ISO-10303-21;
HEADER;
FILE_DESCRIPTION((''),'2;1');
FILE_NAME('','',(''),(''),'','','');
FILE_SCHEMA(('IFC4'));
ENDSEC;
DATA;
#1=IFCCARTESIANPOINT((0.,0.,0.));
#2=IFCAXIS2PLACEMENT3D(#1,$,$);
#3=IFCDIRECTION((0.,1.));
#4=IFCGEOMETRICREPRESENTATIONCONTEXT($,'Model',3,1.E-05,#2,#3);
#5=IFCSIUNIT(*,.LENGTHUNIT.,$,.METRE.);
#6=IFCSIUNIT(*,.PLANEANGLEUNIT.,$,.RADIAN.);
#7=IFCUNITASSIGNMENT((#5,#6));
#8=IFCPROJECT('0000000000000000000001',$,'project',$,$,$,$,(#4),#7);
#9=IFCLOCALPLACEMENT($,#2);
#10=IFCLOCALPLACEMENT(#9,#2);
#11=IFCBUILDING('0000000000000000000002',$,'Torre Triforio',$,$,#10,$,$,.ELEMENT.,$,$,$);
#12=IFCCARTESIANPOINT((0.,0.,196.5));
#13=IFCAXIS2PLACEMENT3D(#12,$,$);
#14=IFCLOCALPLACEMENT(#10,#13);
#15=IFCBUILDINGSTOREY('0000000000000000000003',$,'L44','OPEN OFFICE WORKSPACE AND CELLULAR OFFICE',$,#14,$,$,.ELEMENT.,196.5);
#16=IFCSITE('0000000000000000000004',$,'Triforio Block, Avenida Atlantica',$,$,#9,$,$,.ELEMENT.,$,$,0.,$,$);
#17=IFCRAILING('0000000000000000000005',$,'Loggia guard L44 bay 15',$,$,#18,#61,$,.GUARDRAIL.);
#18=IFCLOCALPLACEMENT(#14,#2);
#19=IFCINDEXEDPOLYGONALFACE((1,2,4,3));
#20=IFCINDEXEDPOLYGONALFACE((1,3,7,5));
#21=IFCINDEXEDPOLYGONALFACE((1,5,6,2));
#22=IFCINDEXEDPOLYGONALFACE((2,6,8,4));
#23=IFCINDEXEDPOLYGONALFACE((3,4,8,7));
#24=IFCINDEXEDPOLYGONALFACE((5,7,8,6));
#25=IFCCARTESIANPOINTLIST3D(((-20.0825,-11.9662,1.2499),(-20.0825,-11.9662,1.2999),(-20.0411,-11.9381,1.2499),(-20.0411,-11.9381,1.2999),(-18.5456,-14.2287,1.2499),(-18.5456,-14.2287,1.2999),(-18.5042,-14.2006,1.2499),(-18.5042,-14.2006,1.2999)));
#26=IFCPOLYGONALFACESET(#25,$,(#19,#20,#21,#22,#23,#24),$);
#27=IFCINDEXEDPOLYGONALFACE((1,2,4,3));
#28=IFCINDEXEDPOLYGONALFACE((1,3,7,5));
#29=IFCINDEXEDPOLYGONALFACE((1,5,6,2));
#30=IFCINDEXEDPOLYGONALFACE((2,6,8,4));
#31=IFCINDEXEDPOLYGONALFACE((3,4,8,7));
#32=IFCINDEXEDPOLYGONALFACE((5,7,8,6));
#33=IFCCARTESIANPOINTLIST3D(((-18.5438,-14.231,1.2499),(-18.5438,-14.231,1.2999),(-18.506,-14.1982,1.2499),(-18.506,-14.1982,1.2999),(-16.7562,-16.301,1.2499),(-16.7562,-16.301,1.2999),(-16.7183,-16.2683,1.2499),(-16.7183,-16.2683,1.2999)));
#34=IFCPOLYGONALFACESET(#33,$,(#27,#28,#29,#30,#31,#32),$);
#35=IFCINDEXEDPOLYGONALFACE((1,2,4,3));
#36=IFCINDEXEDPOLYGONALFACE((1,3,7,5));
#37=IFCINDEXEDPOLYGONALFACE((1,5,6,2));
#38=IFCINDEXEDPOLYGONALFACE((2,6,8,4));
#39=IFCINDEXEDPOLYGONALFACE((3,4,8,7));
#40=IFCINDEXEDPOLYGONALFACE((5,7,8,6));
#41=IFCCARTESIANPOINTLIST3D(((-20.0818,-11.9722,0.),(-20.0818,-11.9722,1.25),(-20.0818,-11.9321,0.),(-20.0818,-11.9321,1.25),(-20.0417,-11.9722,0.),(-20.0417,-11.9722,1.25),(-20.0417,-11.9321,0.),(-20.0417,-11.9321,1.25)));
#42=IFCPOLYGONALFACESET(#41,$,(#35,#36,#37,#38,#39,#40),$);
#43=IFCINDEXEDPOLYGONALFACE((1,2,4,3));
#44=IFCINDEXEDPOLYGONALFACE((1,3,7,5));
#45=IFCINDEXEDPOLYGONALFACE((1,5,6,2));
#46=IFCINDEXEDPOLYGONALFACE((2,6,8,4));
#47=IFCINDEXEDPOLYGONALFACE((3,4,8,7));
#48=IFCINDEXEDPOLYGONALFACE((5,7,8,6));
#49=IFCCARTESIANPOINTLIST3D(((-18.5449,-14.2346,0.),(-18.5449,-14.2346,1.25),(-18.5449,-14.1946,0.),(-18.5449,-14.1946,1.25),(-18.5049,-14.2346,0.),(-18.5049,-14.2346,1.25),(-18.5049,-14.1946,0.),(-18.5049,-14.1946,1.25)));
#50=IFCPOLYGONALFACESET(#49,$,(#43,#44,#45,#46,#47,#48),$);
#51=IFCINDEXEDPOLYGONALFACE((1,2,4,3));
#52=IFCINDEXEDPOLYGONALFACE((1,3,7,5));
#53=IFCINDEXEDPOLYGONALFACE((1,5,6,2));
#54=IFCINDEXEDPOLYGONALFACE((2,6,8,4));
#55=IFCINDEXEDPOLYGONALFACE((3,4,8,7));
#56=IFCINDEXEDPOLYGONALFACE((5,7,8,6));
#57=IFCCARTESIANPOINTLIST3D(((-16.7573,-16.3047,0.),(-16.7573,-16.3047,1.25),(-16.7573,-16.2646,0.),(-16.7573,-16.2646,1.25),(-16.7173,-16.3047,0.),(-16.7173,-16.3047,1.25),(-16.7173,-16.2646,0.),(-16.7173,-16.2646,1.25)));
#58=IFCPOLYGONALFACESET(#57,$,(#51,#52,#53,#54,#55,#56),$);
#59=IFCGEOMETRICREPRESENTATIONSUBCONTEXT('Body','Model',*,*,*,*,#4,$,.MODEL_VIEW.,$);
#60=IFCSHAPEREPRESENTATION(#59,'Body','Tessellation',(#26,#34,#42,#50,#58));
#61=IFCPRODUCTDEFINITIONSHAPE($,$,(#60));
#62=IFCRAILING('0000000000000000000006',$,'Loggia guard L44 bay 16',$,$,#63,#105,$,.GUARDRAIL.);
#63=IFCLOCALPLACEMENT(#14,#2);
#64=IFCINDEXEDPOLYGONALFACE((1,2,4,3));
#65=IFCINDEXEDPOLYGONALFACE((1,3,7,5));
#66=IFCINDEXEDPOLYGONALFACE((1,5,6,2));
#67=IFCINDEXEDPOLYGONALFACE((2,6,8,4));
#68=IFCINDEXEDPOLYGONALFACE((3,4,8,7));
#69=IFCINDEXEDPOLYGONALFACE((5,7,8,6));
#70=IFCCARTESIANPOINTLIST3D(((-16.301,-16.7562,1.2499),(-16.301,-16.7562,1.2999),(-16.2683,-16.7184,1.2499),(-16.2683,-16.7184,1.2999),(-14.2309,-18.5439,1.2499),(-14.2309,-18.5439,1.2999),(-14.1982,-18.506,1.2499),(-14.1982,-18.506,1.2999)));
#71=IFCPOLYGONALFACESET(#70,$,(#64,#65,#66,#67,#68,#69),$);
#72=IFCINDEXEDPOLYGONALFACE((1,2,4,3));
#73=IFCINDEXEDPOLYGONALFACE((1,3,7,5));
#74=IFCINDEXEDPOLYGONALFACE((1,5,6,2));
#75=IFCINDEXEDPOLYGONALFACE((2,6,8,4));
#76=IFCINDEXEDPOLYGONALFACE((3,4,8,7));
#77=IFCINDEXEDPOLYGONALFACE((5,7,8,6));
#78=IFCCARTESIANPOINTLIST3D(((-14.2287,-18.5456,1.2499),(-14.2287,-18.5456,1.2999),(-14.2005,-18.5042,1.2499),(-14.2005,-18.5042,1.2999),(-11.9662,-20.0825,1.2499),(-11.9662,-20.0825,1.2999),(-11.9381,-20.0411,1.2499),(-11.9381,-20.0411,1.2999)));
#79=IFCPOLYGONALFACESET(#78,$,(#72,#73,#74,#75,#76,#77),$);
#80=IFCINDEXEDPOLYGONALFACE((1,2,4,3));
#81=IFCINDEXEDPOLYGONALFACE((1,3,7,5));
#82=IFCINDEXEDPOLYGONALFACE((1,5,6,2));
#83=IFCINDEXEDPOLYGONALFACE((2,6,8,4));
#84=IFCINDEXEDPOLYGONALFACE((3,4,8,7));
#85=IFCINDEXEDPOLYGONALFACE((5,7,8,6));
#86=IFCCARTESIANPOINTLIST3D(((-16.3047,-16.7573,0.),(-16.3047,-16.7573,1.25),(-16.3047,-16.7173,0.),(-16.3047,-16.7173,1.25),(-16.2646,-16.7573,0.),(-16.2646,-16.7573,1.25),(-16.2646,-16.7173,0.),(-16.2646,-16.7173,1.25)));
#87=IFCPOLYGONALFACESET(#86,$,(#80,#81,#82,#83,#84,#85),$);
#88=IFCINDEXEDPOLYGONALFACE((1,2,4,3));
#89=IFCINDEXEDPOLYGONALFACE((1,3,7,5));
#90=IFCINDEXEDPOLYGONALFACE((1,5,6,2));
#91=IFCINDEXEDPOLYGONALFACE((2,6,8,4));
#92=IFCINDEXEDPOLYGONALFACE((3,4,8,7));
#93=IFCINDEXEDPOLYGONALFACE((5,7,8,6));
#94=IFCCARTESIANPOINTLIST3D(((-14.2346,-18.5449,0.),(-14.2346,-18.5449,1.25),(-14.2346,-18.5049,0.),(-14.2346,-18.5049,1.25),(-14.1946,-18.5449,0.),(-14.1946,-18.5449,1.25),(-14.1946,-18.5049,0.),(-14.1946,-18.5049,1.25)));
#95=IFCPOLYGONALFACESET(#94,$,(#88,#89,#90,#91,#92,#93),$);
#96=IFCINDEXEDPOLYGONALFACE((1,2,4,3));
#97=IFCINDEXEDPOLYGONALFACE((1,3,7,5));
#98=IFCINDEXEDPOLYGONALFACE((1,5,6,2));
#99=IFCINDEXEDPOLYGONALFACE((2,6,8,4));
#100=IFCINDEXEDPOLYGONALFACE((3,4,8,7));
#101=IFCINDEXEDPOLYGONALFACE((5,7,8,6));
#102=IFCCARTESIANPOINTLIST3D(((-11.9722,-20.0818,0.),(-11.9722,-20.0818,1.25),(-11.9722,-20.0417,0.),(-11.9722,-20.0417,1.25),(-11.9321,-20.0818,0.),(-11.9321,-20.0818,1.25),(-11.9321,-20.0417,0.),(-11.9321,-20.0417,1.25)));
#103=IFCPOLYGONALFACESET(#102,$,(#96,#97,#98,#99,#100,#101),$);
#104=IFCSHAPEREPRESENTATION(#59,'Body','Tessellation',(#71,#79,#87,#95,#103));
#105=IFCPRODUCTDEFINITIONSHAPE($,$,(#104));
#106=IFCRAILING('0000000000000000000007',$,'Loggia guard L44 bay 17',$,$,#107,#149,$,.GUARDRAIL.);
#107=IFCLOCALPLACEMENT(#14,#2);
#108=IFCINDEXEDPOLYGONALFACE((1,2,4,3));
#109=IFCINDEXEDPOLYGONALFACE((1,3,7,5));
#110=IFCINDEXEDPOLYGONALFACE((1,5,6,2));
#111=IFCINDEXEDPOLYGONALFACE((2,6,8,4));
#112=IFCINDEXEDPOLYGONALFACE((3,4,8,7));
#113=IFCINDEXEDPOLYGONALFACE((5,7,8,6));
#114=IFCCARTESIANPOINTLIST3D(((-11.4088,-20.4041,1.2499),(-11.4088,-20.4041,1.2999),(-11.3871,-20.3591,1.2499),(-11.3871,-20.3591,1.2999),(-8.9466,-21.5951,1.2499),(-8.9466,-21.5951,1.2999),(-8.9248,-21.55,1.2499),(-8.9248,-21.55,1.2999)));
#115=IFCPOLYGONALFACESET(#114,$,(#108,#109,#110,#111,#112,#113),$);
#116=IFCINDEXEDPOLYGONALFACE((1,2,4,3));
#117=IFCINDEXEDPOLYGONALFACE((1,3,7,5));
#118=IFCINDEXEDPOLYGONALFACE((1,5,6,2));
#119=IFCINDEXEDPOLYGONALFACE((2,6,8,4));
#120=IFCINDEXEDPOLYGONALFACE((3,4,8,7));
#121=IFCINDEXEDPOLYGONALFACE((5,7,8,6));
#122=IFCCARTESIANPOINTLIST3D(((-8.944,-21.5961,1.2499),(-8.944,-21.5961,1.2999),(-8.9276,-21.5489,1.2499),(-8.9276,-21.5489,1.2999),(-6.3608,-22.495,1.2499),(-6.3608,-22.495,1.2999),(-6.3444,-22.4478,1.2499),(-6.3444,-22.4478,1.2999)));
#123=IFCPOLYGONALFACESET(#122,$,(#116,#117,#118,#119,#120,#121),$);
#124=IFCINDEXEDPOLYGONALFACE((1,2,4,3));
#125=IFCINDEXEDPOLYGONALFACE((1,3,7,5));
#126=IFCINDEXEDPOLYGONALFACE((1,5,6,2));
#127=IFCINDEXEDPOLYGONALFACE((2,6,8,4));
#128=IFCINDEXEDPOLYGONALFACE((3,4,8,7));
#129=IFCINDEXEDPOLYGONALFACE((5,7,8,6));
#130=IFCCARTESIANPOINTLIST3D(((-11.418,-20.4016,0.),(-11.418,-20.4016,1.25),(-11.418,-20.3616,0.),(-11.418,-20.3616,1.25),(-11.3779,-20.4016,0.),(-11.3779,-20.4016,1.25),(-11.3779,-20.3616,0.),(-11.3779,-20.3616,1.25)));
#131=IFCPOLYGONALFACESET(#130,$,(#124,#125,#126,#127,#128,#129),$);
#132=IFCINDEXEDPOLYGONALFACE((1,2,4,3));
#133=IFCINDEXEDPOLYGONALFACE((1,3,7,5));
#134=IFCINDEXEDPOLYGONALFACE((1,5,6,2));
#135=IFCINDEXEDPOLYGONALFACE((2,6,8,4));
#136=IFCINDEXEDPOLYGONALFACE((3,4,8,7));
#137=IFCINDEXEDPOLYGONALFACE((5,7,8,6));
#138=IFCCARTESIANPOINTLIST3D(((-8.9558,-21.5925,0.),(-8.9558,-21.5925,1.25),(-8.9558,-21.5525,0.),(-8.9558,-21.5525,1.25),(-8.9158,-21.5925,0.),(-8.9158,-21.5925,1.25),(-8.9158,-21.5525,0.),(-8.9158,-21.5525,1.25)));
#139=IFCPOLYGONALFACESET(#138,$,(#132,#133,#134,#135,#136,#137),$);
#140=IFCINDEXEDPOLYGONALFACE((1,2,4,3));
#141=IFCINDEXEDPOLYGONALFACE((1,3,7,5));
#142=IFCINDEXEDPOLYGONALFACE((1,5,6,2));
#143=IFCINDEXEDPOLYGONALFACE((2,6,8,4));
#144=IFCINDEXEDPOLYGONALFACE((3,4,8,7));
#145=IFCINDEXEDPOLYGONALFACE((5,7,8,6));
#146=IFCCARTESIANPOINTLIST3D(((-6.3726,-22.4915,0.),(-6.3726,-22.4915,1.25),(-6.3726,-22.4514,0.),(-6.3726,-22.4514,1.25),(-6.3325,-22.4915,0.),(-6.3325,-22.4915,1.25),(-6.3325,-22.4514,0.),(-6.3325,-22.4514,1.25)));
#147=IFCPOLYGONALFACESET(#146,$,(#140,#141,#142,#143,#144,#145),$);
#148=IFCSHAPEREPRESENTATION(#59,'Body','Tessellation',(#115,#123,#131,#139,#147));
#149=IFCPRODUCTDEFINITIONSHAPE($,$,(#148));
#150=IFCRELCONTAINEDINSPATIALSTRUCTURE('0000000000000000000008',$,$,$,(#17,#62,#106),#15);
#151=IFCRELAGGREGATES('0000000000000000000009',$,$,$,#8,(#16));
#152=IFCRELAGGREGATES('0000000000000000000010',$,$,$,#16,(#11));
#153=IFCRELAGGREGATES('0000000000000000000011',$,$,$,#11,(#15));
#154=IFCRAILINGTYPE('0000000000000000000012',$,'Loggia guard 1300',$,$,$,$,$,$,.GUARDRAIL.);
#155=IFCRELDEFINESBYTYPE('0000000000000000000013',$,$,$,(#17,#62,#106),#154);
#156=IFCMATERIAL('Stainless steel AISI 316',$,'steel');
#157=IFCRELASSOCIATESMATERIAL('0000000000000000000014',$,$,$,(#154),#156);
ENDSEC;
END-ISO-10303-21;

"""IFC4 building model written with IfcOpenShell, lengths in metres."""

from ifc_helpers import new_model, si_unit, direction, frame, origin, origin_2d, place, context, subcontext, project, spatial, rectangle, extrude, material, type_object, element, save


model = new_model("IFC4")

# Units and contexts
model_context = context("Model", 3, precision=1e-05, world=origin(), true_north=direction((0.0, 1.0)))
body_context = subcontext(model_context, "Body", "Model", "MODEL_VIEW")
ifc_project = project(units=[si_unit("LENGTHUNIT", "METRE"), si_unit("PLANEANGLEUNIT", "RADIAN")], contexts=[model_context])

# Site, building, storey
site_placement = place(None, origin())
site = spatial("IfcSite", under=ifc_project, at=site_placement, Name="Triforio Block, Avenida Atlantica", CompositionType="ELEMENT", RefElevation=0.0)
building_placement = place(site_placement, origin())
building = spatial("IfcBuilding", under=site, at=building_placement, Name="Torre Triforio", CompositionType="ELEMENT")
storey_placement = place(building_placement, frame((0.0, 0.0, 196.5)))
storey = spatial("IfcBuildingStorey", under=building, at=storey_placement, Name="L44", Description="OPEN OFFICE WORKSPACE AND CELLULAR OFFICE", CompositionType="ELEMENT", Elevation=196.5)

# Railings
ifc_material_1 = material(Name="Stainless steel AISI 316", Category="steel")
railing_type = type_object("IfcRailingType", Name="Loggia guard 1300", PredefinedType="GUARDRAIL", material=ifc_material_1)
railing_1_placement = place(storey_placement, frame((-20.0618, -11.9521, 0.0)))
element("IfcRailing", 1, at=railing_1_placement, inside=storey, type_object=railing_type, Name="Loggia guard L44 bay 15", PredefinedType="GUARDRAIL", context=body_context, shape_type="SweptSolid", body=[
    extrude(rectangle(XDim=0.05, YDim=0.05, at=origin_2d()), frame((0.0, 0.0, 1.2749), z_axis=(0.56191, -0.827199, 0.0), x_axis=(0.827199, 0.56191, 0.0)), (0.0, 0.0, 1.0), 2.7351),
    extrude(rectangle(XDim=0.05, YDim=0.05, at=origin_2d()), frame((1.5369, -2.2625, 1.2749), z_axis=(0.65358, -0.756857, 0.0), x_axis=(0.756857, 0.65358, 0.0)), (0.0, 0.0, 1.0), 2.7351),
    extrude(rectangle(XDim=0.04, YDim=0.04, at=origin_2d()), origin(), (0.0, 0.0, 1.0), 1.25),
    extrude(rectangle(XDim=0.04, YDim=0.04, at=origin_2d()), frame((1.5369, -2.2625, 0.0)), (0.0, 0.0, 1.0), 1.25),
    extrude(rectangle(XDim=0.04, YDim=0.04, at=origin_2d()), frame((3.3245, -4.3325, 0.0)), (0.0, 0.0, 1.0), 1.25),
])
railing_2_placement = place(storey_placement, frame((-16.2847, -16.7373, 0.0)))
element("IfcRailing", 2, at=railing_2_placement, inside=storey, type_object=railing_type, Name="Loggia guard L44 bay 16", PredefinedType="GUARDRAIL", context=body_context, shape_type="SweptSolid", body=[
    extrude(rectangle(XDim=0.05, YDim=0.05, at=origin_2d()), frame((0.0, 0.0, 1.2749), z_axis=(0.756857, -0.65358, 0.0), x_axis=(0.65358, 0.756857, 0.0)), (0.0, 0.0, 1.0), 2.7351),
    extrude(rectangle(XDim=0.05, YDim=0.05, at=origin_2d()), frame((2.0701, -1.7876, 1.2749), z_axis=(0.827199, -0.56191, 0.0), x_axis=(0.56191, 0.827199, 0.0)), (0.0, 0.0, 1.0), 2.7351),
    extrude(rectangle(XDim=0.04, YDim=0.04, at=origin_2d()), origin(), (0.0, 0.0, 1.0), 1.25),
    extrude(rectangle(XDim=0.04, YDim=0.04, at=origin_2d()), frame((2.0701, -1.7876, 0.0)), (0.0, 0.0, 1.0), 1.25),
    extrude(rectangle(XDim=0.04, YDim=0.04, at=origin_2d()), frame((4.3325, -3.3245, 0.0)), (0.0, 0.0, 1.0), 1.25),
])
railing_3_placement = place(storey_placement, frame((-11.3979, -20.3816, 0.0)))
element("IfcRailing", 3, at=railing_3_placement, inside=storey, type_object=railing_type, Name="Loggia guard L44 bay 17", PredefinedType="GUARDRAIL", context=body_context, shape_type="SweptSolid", body=[
    extrude(rectangle(XDim=0.05, YDim=0.05, at=origin_2d()), frame((0.0, 0.0, 1.2749), z_axis=(0.900224, -0.435428, 0.0), x_axis=(0.435428, 0.900224, 0.0)), (0.0, 0.0, 1.0), 2.7351),
    extrude(rectangle(XDim=0.05, YDim=0.05, at=origin_2d()), frame((2.4622, -1.1909, 1.2749), z_axis=(0.944451, -0.328652, 0.0), x_axis=(0.328652, 0.944451, 0.0)), (0.0, 0.0, 1.0), 2.7351),
    extrude(rectangle(XDim=0.04, YDim=0.04, at=origin_2d()), origin(), (0.0, 0.0, 1.0), 1.25),
    extrude(rectangle(XDim=0.04, YDim=0.04, at=origin_2d()), frame((2.4622, -1.1909, 0.0)), (0.0, 0.0, 1.0), 1.25),
    extrude(rectangle(XDim=0.04, YDim=0.04, at=origin_2d()), frame((5.0454, -2.0898, 0.0)), (0.0, 0.0, 1.0), 1.25),
])

save(model, "model.ifc")
